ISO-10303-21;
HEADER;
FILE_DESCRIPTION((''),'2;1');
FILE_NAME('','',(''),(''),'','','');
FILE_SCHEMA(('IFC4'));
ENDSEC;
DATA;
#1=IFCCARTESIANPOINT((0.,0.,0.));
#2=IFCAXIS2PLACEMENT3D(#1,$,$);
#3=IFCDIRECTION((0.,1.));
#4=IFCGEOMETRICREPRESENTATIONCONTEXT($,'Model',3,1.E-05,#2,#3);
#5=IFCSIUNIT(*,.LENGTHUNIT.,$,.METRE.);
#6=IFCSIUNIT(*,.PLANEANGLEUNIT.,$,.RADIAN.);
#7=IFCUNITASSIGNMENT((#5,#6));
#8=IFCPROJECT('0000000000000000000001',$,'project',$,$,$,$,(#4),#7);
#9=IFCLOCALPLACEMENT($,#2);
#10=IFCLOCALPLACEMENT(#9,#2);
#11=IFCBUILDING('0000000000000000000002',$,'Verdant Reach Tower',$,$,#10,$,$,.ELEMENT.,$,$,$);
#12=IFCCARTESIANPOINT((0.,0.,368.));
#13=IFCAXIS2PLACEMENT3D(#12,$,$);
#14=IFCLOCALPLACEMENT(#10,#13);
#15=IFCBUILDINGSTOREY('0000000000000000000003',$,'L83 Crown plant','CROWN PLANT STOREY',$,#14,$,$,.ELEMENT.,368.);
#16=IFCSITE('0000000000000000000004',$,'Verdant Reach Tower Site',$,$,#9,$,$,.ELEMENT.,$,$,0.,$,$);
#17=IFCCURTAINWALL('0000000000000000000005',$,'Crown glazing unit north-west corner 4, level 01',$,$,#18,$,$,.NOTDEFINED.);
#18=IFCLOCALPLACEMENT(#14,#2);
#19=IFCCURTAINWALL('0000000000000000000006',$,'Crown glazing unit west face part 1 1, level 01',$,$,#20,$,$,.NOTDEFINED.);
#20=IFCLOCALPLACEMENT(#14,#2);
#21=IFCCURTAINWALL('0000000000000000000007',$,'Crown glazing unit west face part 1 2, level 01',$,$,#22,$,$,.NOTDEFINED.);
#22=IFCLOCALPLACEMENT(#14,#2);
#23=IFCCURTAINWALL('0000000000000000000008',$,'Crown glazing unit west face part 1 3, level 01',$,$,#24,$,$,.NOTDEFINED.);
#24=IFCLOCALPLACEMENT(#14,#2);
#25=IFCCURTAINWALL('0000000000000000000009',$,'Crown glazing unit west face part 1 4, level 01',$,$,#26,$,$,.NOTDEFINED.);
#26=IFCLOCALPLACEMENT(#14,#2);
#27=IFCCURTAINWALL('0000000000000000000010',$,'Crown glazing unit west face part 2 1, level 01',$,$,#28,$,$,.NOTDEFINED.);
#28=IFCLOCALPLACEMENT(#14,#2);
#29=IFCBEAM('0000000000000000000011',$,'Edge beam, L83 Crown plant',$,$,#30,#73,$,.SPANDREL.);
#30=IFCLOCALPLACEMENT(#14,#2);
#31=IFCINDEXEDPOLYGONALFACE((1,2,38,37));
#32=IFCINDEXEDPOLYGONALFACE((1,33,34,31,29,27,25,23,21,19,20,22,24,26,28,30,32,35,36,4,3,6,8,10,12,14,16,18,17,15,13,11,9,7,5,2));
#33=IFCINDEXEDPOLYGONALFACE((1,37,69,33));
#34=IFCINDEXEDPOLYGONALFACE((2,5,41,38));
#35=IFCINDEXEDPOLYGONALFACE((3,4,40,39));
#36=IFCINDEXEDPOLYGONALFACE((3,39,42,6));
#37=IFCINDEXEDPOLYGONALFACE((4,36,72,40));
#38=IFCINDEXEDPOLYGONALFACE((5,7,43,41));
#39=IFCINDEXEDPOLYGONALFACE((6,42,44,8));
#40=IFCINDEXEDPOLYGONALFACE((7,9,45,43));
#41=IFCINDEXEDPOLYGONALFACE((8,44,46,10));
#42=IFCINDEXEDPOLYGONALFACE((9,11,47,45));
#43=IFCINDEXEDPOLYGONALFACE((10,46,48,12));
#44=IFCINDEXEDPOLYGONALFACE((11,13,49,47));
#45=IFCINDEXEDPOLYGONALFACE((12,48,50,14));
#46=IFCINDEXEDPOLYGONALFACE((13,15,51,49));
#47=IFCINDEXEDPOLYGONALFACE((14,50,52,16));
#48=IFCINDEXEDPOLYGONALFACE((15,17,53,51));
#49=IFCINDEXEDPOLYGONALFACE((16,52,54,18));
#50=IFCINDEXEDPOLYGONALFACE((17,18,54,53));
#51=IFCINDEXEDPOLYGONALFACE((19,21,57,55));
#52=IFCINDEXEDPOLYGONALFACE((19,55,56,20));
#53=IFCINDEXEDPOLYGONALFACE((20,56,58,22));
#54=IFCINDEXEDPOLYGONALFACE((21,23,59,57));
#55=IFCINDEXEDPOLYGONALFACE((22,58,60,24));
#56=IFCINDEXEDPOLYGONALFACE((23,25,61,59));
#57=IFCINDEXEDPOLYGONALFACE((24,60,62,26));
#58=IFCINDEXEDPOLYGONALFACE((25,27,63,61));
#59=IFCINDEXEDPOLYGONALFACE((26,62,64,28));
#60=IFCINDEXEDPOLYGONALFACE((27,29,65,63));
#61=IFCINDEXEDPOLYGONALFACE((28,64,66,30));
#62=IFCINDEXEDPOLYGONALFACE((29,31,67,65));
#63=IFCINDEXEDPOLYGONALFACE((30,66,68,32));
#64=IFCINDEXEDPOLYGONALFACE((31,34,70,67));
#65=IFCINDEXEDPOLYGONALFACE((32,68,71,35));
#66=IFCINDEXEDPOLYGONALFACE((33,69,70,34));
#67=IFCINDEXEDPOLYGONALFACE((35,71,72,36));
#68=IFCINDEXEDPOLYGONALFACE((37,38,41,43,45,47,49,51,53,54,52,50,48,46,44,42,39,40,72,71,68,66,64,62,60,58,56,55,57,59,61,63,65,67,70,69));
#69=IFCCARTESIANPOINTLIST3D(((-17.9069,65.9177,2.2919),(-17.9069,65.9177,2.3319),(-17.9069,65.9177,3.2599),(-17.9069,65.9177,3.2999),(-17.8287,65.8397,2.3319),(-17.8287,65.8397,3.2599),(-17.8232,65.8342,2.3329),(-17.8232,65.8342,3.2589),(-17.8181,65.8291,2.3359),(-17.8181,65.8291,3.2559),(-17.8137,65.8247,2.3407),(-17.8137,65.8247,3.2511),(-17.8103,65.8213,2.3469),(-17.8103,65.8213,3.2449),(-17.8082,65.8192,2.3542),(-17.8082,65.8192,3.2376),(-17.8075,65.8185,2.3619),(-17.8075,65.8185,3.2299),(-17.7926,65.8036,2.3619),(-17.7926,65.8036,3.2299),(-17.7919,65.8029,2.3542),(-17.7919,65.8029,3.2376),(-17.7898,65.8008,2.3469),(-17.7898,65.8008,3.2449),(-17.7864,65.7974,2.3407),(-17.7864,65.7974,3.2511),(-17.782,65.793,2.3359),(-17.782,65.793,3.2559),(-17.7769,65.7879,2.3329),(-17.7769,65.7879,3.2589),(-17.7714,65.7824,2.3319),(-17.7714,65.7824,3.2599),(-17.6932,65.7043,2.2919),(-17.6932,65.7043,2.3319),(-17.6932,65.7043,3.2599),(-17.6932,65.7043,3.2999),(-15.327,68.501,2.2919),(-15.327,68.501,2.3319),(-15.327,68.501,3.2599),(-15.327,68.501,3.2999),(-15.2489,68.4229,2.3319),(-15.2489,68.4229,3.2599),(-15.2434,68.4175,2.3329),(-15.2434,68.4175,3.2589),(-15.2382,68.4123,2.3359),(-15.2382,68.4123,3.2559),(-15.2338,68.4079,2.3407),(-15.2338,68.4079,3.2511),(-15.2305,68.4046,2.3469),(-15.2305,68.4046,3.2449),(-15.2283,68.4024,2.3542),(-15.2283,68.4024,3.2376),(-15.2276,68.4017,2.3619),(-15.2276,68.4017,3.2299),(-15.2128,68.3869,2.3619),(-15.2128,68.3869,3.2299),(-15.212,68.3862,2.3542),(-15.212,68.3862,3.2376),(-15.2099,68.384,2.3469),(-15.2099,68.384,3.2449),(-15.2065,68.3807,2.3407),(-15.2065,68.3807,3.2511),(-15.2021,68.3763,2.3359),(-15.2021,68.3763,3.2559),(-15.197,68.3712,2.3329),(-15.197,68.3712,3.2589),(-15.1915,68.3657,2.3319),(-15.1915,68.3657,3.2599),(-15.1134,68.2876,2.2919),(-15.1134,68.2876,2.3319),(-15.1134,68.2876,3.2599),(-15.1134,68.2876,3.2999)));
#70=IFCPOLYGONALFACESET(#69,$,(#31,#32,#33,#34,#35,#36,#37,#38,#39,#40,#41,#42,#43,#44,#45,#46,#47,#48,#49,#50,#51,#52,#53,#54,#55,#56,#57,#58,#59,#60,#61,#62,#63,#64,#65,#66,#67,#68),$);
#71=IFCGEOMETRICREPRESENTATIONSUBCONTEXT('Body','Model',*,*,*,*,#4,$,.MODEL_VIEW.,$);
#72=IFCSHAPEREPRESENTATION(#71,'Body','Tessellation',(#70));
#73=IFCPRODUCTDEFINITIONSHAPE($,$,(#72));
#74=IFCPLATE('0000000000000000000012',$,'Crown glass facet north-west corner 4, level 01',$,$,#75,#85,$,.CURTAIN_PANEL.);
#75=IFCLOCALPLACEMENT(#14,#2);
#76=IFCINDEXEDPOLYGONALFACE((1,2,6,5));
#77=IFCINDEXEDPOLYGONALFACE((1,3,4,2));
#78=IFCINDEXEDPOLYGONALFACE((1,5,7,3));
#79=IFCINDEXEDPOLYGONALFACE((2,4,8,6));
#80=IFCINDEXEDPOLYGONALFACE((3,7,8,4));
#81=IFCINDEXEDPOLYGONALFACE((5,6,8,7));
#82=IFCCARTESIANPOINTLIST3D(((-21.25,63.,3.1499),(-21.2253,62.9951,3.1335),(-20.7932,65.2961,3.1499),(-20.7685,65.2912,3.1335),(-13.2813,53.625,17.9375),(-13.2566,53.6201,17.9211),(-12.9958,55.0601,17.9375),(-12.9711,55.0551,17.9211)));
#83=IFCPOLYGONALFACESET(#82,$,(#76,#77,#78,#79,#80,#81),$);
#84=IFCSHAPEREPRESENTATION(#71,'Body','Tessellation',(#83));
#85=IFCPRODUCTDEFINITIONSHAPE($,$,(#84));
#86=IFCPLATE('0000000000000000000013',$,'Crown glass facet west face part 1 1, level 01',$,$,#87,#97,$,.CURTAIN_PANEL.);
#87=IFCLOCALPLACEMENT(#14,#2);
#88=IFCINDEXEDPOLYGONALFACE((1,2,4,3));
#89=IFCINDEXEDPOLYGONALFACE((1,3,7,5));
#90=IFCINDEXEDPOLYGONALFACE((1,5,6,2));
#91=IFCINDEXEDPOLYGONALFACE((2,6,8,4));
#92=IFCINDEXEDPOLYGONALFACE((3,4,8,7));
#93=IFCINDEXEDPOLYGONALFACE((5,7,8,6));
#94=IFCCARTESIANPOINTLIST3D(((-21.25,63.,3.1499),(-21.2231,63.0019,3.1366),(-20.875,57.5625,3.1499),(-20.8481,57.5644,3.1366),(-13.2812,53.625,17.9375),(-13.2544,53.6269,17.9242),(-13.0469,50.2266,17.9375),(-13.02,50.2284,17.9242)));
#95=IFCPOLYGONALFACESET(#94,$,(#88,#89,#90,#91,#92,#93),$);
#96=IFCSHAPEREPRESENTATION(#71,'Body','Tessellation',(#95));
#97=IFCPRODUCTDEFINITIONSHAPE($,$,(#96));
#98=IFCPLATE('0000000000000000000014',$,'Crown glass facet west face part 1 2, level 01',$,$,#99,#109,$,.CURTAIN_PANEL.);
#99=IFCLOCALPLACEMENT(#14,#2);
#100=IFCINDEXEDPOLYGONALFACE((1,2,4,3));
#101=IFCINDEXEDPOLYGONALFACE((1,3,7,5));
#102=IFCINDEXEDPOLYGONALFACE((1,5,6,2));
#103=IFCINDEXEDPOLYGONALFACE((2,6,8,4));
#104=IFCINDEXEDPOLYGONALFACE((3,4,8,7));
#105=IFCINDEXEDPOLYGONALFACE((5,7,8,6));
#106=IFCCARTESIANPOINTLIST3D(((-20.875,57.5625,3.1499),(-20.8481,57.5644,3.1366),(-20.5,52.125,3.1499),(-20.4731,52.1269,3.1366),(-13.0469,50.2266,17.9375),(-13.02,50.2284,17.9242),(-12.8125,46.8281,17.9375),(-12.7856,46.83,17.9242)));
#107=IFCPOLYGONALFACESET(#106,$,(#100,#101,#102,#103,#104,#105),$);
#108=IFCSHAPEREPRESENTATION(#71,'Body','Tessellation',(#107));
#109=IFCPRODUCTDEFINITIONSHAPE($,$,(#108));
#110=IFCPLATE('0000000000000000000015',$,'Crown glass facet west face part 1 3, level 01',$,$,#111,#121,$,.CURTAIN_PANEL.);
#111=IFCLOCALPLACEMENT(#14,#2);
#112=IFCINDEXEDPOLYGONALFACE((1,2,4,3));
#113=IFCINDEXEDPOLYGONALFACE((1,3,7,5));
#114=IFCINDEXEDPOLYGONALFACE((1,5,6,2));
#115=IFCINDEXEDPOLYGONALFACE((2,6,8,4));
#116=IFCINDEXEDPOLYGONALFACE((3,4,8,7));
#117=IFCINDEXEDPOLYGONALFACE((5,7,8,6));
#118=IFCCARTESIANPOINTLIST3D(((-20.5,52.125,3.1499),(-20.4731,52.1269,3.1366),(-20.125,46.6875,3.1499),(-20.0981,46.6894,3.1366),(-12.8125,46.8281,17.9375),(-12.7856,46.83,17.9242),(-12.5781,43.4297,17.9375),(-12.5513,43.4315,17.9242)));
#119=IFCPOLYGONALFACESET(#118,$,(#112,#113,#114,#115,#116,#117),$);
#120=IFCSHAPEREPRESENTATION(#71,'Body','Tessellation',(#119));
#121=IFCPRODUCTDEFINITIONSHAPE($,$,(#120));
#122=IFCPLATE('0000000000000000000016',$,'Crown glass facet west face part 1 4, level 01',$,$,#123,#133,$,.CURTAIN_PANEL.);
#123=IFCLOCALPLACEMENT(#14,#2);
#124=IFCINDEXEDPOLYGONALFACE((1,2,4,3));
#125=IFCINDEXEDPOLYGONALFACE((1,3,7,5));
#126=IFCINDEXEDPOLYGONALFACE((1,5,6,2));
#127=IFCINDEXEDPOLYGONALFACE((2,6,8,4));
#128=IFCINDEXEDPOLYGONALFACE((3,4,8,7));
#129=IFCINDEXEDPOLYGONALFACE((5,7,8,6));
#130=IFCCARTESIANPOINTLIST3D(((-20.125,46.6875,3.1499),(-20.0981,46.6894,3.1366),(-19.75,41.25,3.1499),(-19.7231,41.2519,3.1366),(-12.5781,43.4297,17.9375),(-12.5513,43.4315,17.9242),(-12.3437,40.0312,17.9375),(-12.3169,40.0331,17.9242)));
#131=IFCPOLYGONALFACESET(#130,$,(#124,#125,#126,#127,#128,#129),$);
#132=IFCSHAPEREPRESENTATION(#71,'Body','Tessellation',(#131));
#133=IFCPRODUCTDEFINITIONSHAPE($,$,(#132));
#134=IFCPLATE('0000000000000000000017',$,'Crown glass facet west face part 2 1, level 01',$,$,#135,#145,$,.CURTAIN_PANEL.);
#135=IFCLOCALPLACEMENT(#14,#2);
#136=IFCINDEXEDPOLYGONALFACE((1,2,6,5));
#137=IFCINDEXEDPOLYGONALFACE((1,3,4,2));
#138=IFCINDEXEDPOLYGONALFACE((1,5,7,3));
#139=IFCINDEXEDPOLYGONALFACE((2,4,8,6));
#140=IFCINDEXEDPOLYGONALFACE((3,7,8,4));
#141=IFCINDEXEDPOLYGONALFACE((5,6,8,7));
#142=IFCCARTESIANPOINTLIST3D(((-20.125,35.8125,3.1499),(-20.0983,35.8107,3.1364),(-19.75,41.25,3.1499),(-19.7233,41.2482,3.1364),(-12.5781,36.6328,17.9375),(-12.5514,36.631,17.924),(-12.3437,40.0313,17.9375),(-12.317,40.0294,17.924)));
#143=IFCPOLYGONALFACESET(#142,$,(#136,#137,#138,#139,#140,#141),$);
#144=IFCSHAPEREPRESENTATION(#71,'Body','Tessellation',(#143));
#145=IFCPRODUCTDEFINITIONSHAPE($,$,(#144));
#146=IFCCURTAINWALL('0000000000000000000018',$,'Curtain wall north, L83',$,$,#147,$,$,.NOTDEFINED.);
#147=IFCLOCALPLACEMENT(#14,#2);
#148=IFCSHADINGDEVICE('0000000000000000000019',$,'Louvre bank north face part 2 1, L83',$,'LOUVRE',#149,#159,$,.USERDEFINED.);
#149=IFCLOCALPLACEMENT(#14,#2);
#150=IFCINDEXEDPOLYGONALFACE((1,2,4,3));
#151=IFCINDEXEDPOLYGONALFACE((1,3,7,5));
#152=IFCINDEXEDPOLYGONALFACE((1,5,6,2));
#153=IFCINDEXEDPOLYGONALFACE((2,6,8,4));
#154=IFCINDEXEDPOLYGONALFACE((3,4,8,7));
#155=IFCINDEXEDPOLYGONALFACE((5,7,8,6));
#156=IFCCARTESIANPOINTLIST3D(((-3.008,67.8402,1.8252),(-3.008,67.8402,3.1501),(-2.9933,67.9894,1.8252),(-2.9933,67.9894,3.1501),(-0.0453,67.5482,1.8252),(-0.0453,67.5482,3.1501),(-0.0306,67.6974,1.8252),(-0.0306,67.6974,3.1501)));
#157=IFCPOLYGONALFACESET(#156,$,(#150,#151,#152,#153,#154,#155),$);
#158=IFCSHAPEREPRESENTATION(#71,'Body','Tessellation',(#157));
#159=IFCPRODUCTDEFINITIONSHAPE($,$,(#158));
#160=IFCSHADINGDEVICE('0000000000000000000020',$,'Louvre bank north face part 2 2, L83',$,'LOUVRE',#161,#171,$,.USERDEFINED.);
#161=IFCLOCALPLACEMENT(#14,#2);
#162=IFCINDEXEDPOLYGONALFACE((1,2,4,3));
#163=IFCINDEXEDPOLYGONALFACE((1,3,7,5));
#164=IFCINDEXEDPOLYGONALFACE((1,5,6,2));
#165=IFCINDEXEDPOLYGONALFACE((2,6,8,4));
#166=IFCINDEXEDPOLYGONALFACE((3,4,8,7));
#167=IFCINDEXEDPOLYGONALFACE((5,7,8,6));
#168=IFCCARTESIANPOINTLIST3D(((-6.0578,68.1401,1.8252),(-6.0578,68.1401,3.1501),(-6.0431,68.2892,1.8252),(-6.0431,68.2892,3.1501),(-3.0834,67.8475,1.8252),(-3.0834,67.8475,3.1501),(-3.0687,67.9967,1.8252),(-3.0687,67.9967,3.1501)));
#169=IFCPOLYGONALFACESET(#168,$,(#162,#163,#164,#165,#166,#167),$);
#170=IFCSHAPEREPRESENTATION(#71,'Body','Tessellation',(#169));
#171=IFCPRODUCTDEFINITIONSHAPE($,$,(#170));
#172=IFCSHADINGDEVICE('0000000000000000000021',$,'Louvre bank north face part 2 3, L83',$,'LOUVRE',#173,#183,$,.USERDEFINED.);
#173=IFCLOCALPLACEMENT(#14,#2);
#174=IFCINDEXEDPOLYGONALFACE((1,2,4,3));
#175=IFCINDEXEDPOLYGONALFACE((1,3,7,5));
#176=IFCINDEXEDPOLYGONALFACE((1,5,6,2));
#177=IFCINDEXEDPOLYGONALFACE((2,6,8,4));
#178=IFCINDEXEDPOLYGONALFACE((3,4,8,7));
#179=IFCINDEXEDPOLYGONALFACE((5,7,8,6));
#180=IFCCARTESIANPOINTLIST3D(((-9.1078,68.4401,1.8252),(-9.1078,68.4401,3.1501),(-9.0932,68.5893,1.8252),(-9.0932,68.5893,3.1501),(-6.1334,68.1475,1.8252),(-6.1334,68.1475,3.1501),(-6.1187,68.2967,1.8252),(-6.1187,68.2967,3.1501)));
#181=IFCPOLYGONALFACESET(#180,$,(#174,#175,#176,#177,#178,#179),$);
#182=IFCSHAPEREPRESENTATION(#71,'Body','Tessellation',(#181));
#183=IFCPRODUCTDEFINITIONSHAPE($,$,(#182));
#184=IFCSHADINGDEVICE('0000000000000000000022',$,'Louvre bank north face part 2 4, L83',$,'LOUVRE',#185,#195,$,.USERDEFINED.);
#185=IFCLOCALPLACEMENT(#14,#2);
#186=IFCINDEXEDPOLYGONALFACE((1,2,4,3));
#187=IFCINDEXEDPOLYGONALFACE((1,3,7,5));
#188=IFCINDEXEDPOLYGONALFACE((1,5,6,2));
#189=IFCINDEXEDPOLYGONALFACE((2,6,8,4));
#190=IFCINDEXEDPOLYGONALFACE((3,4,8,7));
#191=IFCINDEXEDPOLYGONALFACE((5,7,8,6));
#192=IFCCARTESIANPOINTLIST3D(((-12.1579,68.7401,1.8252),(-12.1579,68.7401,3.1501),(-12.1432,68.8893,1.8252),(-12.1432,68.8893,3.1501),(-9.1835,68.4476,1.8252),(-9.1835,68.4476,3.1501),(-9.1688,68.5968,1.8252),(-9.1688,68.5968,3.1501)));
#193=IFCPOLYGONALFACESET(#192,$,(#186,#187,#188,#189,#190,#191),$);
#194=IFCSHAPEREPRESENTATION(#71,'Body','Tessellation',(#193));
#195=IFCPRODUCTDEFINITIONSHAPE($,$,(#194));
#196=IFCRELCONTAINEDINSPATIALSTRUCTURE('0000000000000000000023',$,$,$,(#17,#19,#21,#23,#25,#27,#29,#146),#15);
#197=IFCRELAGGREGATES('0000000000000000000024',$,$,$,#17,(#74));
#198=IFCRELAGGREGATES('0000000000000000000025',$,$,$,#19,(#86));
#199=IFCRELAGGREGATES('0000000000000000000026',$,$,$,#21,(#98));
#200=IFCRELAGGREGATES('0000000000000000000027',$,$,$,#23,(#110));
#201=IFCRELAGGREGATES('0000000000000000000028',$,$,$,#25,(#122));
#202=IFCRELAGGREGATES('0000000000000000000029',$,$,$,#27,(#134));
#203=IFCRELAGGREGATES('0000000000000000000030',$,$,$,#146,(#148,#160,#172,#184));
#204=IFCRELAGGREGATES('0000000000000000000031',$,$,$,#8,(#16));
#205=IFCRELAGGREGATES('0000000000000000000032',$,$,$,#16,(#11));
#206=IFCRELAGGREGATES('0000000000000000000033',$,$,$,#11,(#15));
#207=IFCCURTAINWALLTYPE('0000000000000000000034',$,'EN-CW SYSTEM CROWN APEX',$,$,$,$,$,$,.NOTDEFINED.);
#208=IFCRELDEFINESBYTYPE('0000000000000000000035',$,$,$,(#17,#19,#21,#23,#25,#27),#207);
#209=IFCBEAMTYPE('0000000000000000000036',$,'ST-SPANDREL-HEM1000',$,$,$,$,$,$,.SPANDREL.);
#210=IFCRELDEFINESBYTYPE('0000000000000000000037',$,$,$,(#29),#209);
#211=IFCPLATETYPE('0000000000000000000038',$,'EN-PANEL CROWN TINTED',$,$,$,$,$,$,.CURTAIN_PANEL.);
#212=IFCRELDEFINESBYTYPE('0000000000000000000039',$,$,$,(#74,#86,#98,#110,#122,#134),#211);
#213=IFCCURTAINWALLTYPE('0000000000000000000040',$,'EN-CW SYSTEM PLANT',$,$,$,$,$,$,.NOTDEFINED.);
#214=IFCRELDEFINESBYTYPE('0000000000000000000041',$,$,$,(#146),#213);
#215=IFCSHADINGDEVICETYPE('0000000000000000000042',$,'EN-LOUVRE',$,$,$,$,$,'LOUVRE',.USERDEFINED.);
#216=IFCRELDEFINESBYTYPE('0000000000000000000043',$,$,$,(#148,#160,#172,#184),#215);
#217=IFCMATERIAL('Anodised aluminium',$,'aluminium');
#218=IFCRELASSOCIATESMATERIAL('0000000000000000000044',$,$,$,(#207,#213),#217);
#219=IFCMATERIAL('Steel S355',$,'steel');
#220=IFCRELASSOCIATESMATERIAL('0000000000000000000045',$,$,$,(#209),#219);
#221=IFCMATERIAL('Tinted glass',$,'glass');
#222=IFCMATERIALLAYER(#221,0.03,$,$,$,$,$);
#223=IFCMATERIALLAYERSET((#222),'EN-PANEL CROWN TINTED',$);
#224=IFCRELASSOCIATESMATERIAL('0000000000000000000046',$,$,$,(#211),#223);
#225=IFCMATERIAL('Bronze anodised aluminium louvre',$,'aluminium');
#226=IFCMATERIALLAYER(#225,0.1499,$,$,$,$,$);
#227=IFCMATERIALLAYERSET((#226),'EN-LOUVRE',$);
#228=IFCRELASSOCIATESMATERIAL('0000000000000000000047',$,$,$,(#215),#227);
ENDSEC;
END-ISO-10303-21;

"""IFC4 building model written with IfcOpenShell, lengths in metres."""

from ifc_helpers import new_model, si_unit, direction, frame, origin, origin_2d, place, context, subcontext, project, spatial, polyline, rectangle, i_section, outline, extrude, material, layer, layer_set, material_profile, profile_set, type_object, element, aggregate, save


model = new_model("IFC4")

# Units and contexts
model_context = context("Model", 3, precision=1e-05, world=origin(), true_north=direction((0.0, 1.0)))
body_context = subcontext(model_context, "Body", "Model", "MODEL_VIEW")
ifc_project = project(units=[si_unit("LENGTHUNIT", "METRE"), si_unit("PLANEANGLEUNIT", "RADIAN")], contexts=[model_context])

# Site, building, storey
site_placement = place(None, origin())
site = spatial("IfcSite", under=ifc_project, at=site_placement, Name="Verdant Reach Tower Site", CompositionType="ELEMENT", RefElevation=0.0)
building_placement = place(site_placement, origin())
building = spatial("IfcBuilding", under=site, at=building_placement, Name="Verdant Reach Tower", CompositionType="ELEMENT")
storey_placement = place(building_placement, frame((0.0, 0.0, 368.0)))
storey = spatial("IfcBuildingStorey", under=building, at=storey_placement, Name="L83 Crown plant", Description="CROWN PLANT STOREY", CompositionType="ELEMENT", Elevation=368.0)

# Curtain walls
ifc_material_1 = material(Name="Anodised aluminium", Category="aluminium")
curtain_wall_type_1 = type_object("IfcCurtainWallType", Name="EN-CW SYSTEM CROWN APEX", PredefinedType="NOTDEFINED", material=ifc_material_1)
curtain_wall_1_placement = place(storey_placement, origin())
curtain_wall_1 = element("IfcCurtainWall", 1, at=curtain_wall_1_placement, inside=storey, type_object=curtain_wall_type_1, Name="Crown glazing unit north-west corner 4, level 01", PredefinedType="NOTDEFINED")
curtain_wall_2_placement = place(storey_placement, origin())
curtain_wall_2 = element("IfcCurtainWall", 2, at=curtain_wall_2_placement, inside=storey, type_object=curtain_wall_type_1, Name="Crown glazing unit west face part 1 1, level 01", PredefinedType="NOTDEFINED")
curtain_wall_3_placement = place(storey_placement, origin())
curtain_wall_3 = element("IfcCurtainWall", 3, at=curtain_wall_3_placement, inside=storey, type_object=curtain_wall_type_1, Name="Crown glazing unit west face part 1 2, level 01", PredefinedType="NOTDEFINED")
curtain_wall_4_placement = place(storey_placement, origin())
curtain_wall_4 = element("IfcCurtainWall", 4, at=curtain_wall_4_placement, inside=storey, type_object=curtain_wall_type_1, Name="Crown glazing unit west face part 1 3, level 01", PredefinedType="NOTDEFINED")
curtain_wall_5_placement = place(storey_placement, origin())
curtain_wall_5 = element("IfcCurtainWall", 5, at=curtain_wall_5_placement, inside=storey, type_object=curtain_wall_type_1, Name="Crown glazing unit west face part 1 4, level 01", PredefinedType="NOTDEFINED")
curtain_wall_6_placement = place(storey_placement, origin())
curtain_wall_6 = element("IfcCurtainWall", 6, at=curtain_wall_6_placement, inside=storey, type_object=curtain_wall_type_1, Name="Crown glazing unit west face part 2 1, level 01", PredefinedType="NOTDEFINED")

# Beam
ifc_material_2 = material(Name="Steel S355", Category="steel")
ifc_material_profile_1 = material_profile(ifc_material_2, i_section(OverallWidth=0.302, OverallDepth=1.0081, WebThickness=0.021, FlangeThickness=0.04, FilletRadius=0.03, at=origin_2d()), Name="HEM 1000")
ifc_profile_set_1 = profile_set([ifc_material_profile_1], Name="Steel S355")
beam_type_1 = type_object("IfcBeamType", Name="ST-SPANDREL-HEM1000", PredefinedType="SPANDREL", material=ifc_profile_set_1)
beam_1_placement = place(storey_placement, frame((-17.8, 65.811, 2.7959), z_axis=(0.706639, 0.707575, 0.0), x_axis=(-0.707575, 0.706639, 0.0)))
element("IfcBeam", 7, at=beam_1_placement, inside=storey, type_object=beam_type_1, Name="Edge beam, L83 Crown plant", PredefinedType="SPANDREL", context=body_context, shape_type="SweptSolid", body=[
    extrude(i_section(OverallWidth=0.302, OverallDepth=1.0081, WebThickness=0.021, FlangeThickness=0.04, FilletRadius=0.03, at=origin_2d()), origin(), (0.0, 0.0, 1.0), 3.6509),
])

# Plates
ifc_material_3 = material(Name="Tinted glass", Category="glass")
ifc_layer_1 = layer(ifc_material_3, 0.03)
ifc_layer_set_1 = layer_set([ifc_layer_1], Name="EN-PANEL CROWN TINTED")
plate_type = type_object("IfcPlateType", Name="EN-PANEL CROWN TINTED", PredefinedType="CURTAIN_PANEL", material=ifc_layer_set_1)
plate_1_placement = place(storey_placement, frame((-20.7932, 65.2961, 3.1499), z_axis=(-0.821504, 0.163408, 0.546287), x_axis=(-0.195098, -0.980784, -0.00001)))
plate_1 = element("IfcPlate", 8, at=plate_1_placement, type_object=plate_type, Name="Crown glass facet north-west corner 4, level 01", PredefinedType="CURTAIN_PANEL", context=body_context, shape_type="SweptSolid", body=[
    extrude(outline(polyline([(0.0, 0.0), (2.3411, 0.0), (9.9811, 17.6549), (8.518, 17.6548), (0.0, 0.0)])), origin(), (0.0, 0.0, -1.0), 0.03),
])
aggregate(curtain_wall_1, [plate_1])
plate_2_placement = place(storey_placement, frame((-21.25, 63.0, 3.1499), z_axis=(-0.894449, -0.061686, 0.442894), x_axis=(0.068802, -0.99763, 0.0)))
plate_2 = element("IfcPlate", 9, at=plate_2_placement, type_object=plate_type, Name="Crown glass facet west face part 1 1, level 01", PredefinedType="CURTAIN_PANEL", context=body_context, shape_type="SweptSolid", body=[
    extrude(outline(polyline([(0.0, 0.0), (5.4504, 0.0), (13.3076, 16.4934), (9.9011, 16.4934), (0.0, 0.0)])), origin(), (0.0, 0.0, -1.0), 0.03),
])
aggregate(curtain_wall_2, [plate_2])
plate_3_placement = place(storey_placement, frame((-20.875, 57.5625, 3.1499), z_axis=(-0.894449, -0.061686, 0.442894), x_axis=(0.068802, -0.99763, 0.0)))
plate_3 = element("IfcPlate", 10, at=plate_3_placement, type_object=plate_type, Name="Crown glass facet west face part 1 2, level 01", PredefinedType="CURTAIN_PANEL", context=body_context, shape_type="SweptSolid", body=[
    extrude(outline(polyline([(0.0, 0.0), (5.4504, 0.0), (11.2637, 16.4934), (7.8571, 16.4934), (0.0, 0.0)])), origin(), (0.0, 0.0, -1.0), 0.03),
])
aggregate(curtain_wall_3, [plate_3])
plate_4_placement = place(storey_placement, frame((-20.5, 52.125, 3.1499), z_axis=(-0.894449, -0.061686, 0.442894), x_axis=(0.068802, -0.99763, 0.0)))
plate_4 = element("IfcPlate", 11, at=plate_4_placement, type_object=plate_type, Name="Crown glass facet west face part 1 3, level 01", PredefinedType="CURTAIN_PANEL", context=body_context, shape_type="SweptSolid", body=[
    extrude(outline(polyline([(0.0, 0.0), (5.4504, 0.0), (9.2197, 16.4934), (5.8132, 16.4934), (0.0, 0.0)])), origin(), (0.0, 0.0, -1.0), 0.03),
])
aggregate(curtain_wall_4, [plate_4])
plate_5_placement = place(storey_placement, frame((-20.125, 46.6875, 3.1499), z_axis=(-0.894449, -0.061686, 0.442894), x_axis=(0.068802, -0.99763, 0.0)))
plate_5 = element("IfcPlate", 12, at=plate_5_placement, type_object=plate_type, Name="Crown glass facet west face part 1 4, level 01", PredefinedType="CURTAIN_PANEL", context=body_context, shape_type="SweptSolid", body=[
    extrude(outline(polyline([(0.0, 0.0), (5.4504, 0.0), (7.1758, 16.4934), (3.7693, 16.4934), (0.0, 0.0)])), origin(), (0.0, 0.0, -1.0), 0.03),
])
aggregate(curtain_wall_5, [plate_5])
plate_6_placement = place(storey_placement, frame((-19.75, 41.25, 3.1499), z_axis=(-0.890403, 0.061407, 0.451012), x_axis=(-0.068802, -0.99763, 0.0)))
plate_6 = element("IfcPlate", 13, at=plate_6_placement, type_object=plate_type, Name="Crown glass facet west face part 2 1, level 01", PredefinedType="CURTAIN_PANEL", context=body_context, shape_type="SweptSolid", body=[
    extrude(outline(polyline([(0.0, 0.0), (5.4504, 0.0), (4.1128, 16.5684), (0.7063, 16.5684), (0.0, 0.0)])), origin(), (0.0, 0.0, -1.0), 0.03),
])
aggregate(curtain_wall_6, [plate_6])

# Curtain wall, shading devices
curtain_wall_type_2 = type_object("IfcCurtainWallType", Name="EN-CW SYSTEM PLANT", PredefinedType="NOTDEFINED", material=ifc_material_1)
curtain_wall_7_placement = place(storey_placement, origin())
curtain_wall_7 = element("IfcCurtainWall", 14, at=curtain_wall_7_placement, inside=storey, type_object=curtain_wall_type_2, Name="Curtain wall north, L83", PredefinedType="NOTDEFINED")
ifc_material_4 = material(Name="Bronze anodised aluminium louvre", Category="aluminium")
ifc_layer_2 = layer(ifc_material_4, 0.1499)
ifc_layer_set_2 = layer_set([ifc_layer_2], Name="EN-LOUVRE")
shading_device_type = type_object("IfcShadingDeviceType", Name="EN-LOUVRE", ElementType="LOUVRE", PredefinedType="USERDEFINED", material=ifc_layer_set_2)
shading_device_1_placement = place(storey_placement, frame((-1.5193, 67.7688, 1.8252), z_axis=(0.0, 0.0, 1.0), x_axis=(-0.995179, 0.098075, 0.0)))
shading_device_1 = element("IfcShadingDevice", 15, at=shading_device_1_placement, type_object=shading_device_type, Name="Louvre bank north face part 2 1, L83", ObjectType="LOUVRE", PredefinedType="USERDEFINED", context=body_context, shape_type="SweptSolid", body=[
    extrude(rectangle(XDim=2.9771, YDim=0.1499, at=origin_2d()), origin(), (0.0, 0.0, 1.0), 1.325),
])
shading_device_2_placement = place(storey_placement, frame((-4.5632, 68.0684, 1.8252), z_axis=(0.0, 0.0, 1.0), x_axis=(-0.995197, 0.097888, 0.0)))
shading_device_2 = element("IfcShadingDevice", 16, at=shading_device_2_placement, type_object=shading_device_type, Name="Louvre bank north face part 2 2, L83", ObjectType="LOUVRE", PredefinedType="USERDEFINED", context=body_context, shape_type="SweptSolid", body=[
    extrude(rectangle(XDim=2.9888, YDim=0.1499, at=origin_2d()), origin(), (0.0, 0.0, 1.0), 1.325),
])
shading_device_3_placement = place(storey_placement, frame((-7.6133, 68.3684, 1.8252), z_axis=(0.0, 0.0, 1.0), x_axis=(-0.995197, 0.097888, 0.0)))
shading_device_3 = element("IfcShadingDevice", 17, at=shading_device_3_placement, type_object=shading_device_type, Name="Louvre bank north face part 2 3, L83", ObjectType="LOUVRE", PredefinedType="USERDEFINED", context=body_context, shape_type="SweptSolid", body=[
    extrude(rectangle(XDim=2.9888, YDim=0.1499, at=origin_2d()), origin(), (0.0, 0.0, 1.0), 1.325),
])
shading_device_4_placement = place(storey_placement, frame((-10.6633, 68.6685, 1.8252), z_axis=(0.0, 0.0, 1.0), x_axis=(-0.995197, 0.097888, 0.0)))
shading_device_4 = element("IfcShadingDevice", 18, at=shading_device_4_placement, type_object=shading_device_type, Name="Louvre bank north face part 2 4, L83", ObjectType="LOUVRE", PredefinedType="USERDEFINED", context=body_context, shape_type="SweptSolid", body=[
    extrude(rectangle(XDim=2.9888, YDim=0.1499, at=origin_2d()), origin(), (0.0, 0.0, 1.0), 1.325),
])
aggregate(curtain_wall_7, [shading_device_1, shading_device_2, shading_device_3, shading_device_4])

save(model, "model.ifc")
